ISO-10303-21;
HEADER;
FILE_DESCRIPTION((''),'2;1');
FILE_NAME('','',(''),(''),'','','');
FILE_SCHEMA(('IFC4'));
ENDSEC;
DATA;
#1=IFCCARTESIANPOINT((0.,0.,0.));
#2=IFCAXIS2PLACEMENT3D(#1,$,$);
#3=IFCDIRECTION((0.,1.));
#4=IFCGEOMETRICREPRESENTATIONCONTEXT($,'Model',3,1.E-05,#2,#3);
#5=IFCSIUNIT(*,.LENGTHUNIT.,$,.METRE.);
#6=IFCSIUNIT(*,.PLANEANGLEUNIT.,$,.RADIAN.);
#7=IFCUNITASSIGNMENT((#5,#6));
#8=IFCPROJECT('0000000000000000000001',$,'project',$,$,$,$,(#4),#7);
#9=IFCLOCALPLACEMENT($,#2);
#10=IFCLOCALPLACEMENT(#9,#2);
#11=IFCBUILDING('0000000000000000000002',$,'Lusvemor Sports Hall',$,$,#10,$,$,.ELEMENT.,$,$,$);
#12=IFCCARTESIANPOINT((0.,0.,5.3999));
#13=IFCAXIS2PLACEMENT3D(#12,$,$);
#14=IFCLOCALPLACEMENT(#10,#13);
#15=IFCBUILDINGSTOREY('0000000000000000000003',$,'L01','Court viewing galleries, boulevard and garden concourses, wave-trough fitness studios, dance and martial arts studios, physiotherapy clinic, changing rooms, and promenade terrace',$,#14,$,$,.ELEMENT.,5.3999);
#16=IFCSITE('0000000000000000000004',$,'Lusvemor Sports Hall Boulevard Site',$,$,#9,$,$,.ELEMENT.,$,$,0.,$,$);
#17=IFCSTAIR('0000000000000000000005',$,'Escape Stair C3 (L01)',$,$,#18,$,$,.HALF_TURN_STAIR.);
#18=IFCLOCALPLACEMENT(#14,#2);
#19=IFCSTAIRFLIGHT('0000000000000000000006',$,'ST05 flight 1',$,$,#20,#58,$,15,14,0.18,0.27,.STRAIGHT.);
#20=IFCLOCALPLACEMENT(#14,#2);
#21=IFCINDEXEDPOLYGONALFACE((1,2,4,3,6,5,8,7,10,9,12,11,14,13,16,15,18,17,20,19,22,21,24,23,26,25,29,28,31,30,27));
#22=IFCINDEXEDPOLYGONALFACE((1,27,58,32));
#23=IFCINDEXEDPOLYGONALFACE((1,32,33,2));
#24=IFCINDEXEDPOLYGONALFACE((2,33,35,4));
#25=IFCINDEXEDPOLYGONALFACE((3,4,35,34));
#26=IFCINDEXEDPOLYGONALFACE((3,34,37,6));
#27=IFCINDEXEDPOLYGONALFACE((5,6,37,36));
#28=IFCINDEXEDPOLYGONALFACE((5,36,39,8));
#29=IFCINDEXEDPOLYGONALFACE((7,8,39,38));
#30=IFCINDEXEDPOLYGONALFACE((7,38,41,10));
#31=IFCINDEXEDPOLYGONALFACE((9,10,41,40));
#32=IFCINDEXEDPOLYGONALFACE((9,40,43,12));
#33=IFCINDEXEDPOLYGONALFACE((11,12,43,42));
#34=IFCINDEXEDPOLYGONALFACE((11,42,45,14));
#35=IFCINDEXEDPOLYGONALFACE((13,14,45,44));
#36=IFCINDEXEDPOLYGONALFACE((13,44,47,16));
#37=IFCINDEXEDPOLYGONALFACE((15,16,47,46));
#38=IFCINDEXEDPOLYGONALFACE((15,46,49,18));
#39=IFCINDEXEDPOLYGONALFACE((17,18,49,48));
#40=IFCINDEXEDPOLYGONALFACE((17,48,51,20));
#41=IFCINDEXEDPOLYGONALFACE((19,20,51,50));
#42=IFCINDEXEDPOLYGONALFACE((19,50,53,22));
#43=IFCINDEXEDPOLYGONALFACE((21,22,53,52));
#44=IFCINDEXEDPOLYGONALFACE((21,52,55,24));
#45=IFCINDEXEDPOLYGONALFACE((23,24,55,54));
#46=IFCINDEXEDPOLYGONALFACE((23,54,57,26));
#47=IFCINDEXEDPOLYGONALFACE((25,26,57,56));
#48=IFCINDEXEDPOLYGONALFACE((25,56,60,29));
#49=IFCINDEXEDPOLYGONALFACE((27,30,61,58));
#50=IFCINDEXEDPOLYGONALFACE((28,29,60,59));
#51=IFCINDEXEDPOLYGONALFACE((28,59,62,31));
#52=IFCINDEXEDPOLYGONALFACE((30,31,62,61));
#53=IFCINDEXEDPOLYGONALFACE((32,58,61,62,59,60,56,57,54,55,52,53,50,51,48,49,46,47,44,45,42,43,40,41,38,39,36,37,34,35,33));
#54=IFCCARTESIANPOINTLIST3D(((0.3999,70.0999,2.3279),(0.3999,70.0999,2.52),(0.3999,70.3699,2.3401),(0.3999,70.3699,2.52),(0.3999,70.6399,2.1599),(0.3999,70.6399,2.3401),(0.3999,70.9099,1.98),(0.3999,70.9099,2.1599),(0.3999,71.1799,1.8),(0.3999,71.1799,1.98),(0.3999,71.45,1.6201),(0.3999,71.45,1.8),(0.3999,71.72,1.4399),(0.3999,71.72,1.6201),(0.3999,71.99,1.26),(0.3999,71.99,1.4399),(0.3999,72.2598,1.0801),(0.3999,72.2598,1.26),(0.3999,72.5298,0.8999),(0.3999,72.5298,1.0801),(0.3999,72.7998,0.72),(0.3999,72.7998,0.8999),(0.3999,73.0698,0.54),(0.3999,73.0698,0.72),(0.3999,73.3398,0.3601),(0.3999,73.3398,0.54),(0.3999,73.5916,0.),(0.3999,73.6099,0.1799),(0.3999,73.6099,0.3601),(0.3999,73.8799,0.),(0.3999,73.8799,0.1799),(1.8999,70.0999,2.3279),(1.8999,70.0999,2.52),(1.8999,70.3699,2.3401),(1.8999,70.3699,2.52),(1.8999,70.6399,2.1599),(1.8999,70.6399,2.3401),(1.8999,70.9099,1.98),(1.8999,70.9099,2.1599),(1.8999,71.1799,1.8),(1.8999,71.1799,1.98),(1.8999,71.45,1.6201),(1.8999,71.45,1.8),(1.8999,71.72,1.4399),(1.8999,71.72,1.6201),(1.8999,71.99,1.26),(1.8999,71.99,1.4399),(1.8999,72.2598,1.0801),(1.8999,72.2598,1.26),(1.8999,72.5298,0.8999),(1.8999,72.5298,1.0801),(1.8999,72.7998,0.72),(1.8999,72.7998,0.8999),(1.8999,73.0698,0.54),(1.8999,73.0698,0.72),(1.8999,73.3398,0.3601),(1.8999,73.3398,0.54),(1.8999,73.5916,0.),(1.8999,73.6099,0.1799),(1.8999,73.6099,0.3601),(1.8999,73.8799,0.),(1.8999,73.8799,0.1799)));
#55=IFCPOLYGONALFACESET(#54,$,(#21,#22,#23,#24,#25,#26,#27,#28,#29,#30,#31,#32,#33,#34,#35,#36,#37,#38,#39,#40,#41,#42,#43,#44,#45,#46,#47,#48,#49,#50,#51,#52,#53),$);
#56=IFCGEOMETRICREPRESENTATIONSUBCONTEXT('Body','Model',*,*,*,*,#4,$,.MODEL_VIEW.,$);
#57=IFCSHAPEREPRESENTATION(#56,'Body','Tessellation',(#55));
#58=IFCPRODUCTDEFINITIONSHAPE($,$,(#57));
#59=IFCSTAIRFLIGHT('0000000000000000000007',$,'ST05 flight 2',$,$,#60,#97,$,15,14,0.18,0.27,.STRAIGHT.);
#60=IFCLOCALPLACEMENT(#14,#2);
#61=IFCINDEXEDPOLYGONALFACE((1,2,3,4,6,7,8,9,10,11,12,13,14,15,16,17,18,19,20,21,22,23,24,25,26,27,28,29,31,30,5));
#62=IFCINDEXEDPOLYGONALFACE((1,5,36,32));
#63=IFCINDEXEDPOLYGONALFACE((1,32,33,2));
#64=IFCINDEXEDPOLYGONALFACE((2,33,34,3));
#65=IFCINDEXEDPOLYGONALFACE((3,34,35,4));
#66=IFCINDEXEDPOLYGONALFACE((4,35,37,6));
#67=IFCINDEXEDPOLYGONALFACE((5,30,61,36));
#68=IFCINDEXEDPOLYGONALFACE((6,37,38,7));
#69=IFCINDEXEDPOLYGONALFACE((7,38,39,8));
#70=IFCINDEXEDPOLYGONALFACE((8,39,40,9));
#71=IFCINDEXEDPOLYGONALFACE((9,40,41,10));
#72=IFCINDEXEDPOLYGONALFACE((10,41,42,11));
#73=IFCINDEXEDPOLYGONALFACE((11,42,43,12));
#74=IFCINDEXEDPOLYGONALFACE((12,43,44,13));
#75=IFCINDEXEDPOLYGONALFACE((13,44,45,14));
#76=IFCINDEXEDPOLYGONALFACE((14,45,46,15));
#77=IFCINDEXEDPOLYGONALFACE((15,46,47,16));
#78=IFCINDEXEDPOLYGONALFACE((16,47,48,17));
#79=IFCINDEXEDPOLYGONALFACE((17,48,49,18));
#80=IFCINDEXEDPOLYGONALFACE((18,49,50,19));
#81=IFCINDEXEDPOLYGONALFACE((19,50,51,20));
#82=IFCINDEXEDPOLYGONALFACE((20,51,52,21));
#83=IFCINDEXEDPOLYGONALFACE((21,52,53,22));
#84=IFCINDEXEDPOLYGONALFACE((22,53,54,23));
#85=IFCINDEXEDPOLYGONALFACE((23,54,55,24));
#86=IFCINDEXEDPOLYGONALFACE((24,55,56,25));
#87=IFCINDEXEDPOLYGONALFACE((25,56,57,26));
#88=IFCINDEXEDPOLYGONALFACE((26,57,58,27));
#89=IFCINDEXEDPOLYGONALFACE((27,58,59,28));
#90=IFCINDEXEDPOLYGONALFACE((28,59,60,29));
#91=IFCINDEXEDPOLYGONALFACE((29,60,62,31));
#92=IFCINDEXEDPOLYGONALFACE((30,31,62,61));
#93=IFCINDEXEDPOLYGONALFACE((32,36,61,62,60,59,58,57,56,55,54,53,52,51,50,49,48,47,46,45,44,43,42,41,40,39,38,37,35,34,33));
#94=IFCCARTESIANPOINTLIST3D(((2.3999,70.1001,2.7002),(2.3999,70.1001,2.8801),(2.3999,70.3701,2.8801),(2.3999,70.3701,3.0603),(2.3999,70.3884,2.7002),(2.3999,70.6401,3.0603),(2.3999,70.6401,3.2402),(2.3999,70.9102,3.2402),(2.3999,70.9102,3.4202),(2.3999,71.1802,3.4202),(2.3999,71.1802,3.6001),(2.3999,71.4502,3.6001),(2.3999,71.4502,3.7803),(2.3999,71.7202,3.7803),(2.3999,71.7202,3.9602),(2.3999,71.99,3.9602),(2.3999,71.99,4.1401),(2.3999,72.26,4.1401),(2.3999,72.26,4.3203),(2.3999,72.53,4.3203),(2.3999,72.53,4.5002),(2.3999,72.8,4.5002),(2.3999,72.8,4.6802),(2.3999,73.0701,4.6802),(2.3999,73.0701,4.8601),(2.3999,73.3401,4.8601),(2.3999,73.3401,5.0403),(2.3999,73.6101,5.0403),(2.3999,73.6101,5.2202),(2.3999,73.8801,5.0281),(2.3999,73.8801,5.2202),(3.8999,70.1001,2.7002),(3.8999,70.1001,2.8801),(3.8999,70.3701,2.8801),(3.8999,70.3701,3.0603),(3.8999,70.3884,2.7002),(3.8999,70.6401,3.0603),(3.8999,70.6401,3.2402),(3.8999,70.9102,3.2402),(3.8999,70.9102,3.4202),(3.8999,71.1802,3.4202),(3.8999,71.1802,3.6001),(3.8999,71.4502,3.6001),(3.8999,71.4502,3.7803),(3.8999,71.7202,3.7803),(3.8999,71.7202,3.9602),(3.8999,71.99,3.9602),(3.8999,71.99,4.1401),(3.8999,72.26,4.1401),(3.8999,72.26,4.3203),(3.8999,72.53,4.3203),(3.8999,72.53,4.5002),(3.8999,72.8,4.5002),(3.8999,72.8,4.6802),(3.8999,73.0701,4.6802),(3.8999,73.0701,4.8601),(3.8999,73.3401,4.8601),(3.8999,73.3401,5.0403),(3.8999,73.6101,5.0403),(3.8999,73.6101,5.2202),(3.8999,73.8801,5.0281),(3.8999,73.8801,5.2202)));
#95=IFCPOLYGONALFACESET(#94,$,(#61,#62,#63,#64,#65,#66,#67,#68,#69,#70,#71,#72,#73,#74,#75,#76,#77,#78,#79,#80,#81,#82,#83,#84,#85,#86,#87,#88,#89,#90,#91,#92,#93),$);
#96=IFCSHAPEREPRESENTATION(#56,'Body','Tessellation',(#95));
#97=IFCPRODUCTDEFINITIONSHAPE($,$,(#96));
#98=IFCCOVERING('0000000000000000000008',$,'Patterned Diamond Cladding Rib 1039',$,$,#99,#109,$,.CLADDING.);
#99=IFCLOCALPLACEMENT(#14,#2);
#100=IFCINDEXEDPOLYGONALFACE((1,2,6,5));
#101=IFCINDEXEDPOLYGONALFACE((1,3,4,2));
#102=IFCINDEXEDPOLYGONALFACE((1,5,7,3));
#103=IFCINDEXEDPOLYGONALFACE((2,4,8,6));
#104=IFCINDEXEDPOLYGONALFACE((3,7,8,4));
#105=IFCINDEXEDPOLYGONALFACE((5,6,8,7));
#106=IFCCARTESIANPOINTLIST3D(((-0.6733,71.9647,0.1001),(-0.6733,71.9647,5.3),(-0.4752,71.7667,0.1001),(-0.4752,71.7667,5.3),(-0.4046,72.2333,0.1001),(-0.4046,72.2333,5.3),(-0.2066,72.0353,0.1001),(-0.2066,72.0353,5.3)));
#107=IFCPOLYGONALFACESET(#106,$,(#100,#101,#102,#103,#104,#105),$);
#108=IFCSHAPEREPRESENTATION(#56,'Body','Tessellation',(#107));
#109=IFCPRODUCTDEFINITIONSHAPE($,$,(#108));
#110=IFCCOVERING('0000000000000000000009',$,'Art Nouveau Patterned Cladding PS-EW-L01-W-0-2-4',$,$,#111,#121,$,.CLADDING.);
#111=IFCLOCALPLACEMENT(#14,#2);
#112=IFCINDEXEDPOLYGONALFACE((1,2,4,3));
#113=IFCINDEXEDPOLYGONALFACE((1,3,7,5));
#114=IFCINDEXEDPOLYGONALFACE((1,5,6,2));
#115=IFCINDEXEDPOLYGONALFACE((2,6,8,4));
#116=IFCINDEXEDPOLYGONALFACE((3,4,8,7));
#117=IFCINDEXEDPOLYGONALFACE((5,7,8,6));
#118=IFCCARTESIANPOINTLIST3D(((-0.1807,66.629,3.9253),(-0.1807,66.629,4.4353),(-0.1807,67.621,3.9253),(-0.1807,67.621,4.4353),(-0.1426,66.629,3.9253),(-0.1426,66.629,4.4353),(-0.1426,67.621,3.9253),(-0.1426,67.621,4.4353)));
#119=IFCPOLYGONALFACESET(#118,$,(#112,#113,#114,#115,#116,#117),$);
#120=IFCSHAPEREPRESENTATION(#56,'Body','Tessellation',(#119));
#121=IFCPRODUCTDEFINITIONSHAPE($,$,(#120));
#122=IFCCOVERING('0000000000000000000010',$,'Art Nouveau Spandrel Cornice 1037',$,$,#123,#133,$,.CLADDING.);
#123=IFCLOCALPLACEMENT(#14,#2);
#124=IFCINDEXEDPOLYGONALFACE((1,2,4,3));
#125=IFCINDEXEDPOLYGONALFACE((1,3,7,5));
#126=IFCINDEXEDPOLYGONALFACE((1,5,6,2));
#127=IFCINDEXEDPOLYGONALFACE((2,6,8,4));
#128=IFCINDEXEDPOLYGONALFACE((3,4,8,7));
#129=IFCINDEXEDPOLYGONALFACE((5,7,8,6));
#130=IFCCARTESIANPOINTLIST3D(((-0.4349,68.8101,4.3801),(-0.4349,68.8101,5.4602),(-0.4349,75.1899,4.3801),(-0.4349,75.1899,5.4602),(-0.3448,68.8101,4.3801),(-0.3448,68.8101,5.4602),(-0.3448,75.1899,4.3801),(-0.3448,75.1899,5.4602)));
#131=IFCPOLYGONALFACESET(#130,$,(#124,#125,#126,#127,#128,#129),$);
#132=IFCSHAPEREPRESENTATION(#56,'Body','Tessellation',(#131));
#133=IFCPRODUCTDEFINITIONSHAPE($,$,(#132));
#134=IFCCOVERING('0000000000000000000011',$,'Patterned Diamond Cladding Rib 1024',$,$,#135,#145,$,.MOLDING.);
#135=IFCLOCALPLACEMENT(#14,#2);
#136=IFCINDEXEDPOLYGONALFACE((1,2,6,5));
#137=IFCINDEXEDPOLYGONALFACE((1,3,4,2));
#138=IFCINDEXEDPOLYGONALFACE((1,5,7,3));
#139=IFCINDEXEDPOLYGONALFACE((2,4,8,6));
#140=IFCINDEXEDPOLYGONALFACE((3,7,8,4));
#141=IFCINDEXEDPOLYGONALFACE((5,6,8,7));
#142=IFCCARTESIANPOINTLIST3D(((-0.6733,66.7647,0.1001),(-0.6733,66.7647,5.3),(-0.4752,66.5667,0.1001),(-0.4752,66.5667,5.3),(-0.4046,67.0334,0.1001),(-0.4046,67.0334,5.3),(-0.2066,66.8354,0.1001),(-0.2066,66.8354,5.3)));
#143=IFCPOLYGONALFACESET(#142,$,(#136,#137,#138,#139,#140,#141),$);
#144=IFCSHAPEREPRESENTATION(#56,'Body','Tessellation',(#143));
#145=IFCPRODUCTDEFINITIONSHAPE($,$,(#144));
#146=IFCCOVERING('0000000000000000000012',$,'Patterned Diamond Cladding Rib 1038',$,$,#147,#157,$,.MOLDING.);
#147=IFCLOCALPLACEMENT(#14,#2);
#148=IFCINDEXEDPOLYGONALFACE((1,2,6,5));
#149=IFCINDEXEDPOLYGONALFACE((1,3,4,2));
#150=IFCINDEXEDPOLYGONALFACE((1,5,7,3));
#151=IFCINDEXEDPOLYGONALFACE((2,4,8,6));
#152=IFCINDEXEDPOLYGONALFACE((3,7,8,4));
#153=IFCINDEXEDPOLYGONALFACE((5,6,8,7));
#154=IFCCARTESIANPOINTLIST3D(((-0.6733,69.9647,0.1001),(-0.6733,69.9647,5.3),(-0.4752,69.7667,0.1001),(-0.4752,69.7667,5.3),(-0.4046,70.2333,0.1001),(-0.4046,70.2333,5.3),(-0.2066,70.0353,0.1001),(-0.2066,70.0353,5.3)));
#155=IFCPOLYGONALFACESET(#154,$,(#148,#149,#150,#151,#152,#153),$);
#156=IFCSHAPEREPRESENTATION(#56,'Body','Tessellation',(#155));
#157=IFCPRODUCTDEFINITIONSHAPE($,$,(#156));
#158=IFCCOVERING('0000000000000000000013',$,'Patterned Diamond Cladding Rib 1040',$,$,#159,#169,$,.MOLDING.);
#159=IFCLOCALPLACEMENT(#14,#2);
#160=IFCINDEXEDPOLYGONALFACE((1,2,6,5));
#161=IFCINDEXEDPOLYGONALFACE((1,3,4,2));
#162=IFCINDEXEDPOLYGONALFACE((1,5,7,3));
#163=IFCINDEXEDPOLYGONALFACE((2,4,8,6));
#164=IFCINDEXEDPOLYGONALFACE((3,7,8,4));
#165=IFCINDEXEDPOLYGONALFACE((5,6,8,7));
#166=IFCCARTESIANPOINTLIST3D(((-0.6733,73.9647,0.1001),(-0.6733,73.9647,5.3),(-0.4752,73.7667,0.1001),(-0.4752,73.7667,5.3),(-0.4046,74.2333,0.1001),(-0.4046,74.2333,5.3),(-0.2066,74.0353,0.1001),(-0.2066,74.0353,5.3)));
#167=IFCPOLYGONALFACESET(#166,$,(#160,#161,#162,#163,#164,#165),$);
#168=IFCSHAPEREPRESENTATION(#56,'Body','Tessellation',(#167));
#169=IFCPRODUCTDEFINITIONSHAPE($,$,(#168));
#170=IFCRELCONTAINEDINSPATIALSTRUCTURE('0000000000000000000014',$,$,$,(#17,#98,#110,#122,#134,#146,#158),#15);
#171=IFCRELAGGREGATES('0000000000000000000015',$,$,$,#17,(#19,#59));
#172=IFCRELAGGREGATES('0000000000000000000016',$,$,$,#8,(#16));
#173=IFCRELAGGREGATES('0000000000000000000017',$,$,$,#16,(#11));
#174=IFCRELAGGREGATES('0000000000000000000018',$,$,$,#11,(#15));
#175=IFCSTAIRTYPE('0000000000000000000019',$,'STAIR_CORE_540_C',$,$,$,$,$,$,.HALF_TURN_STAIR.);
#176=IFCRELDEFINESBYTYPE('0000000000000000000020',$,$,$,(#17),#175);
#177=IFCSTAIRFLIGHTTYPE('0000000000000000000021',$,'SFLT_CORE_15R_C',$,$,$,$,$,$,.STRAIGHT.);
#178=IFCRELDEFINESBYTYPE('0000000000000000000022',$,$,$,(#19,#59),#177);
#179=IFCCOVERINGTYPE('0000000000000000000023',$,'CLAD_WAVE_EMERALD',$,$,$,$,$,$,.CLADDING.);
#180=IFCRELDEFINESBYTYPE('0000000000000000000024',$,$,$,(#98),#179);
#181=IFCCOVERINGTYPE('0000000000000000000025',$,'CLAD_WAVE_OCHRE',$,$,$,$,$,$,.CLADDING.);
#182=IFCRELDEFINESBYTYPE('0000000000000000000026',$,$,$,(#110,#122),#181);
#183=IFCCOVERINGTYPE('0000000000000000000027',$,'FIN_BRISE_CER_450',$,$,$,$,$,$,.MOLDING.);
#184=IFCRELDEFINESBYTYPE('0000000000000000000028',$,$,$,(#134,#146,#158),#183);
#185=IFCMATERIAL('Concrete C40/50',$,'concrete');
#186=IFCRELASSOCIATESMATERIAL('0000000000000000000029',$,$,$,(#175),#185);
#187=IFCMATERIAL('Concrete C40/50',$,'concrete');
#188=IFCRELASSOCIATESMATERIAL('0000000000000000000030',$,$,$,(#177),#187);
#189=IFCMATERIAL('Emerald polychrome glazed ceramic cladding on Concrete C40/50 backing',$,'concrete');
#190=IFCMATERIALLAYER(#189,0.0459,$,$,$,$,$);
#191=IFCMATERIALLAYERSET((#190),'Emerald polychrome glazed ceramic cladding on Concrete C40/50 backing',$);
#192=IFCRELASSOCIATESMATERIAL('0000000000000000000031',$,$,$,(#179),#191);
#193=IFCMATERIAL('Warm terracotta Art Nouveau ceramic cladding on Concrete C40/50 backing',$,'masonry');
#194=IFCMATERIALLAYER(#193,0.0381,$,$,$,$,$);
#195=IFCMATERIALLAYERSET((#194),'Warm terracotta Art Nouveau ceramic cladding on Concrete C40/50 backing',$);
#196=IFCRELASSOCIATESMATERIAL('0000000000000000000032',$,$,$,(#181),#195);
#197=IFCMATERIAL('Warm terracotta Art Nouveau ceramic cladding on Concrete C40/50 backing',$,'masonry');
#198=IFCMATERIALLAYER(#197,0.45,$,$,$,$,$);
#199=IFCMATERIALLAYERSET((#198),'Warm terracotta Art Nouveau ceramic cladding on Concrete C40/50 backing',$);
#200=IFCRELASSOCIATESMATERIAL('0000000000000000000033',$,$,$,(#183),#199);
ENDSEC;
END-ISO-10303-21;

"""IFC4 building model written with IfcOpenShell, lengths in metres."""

from ifc_helpers import new_model, si_unit, direction, frame, origin, origin_2d, place, context, subcontext, project, spatial, polyline, rectangle, outline, extrude, material, layer, layer_set, type_object, element, aggregate, save


model = new_model("IFC4")

# Units and contexts
model_context = context("Model", 3, precision=1e-05, world=origin(), true_north=direction((0.0, 1.0)))
body_context = subcontext(model_context, "Body", "Model", "MODEL_VIEW")
ifc_project = project(units=[si_unit("LENGTHUNIT", "METRE"), si_unit("PLANEANGLEUNIT", "RADIAN")], contexts=[model_context])

# Site, building, storey
site_placement = place(None, origin())
site = spatial("IfcSite", under=ifc_project, at=site_placement, Name="Lusvemor Sports Hall Boulevard Site", CompositionType="ELEMENT", RefElevation=0.0)
building_placement = place(site_placement, origin())
building = spatial("IfcBuilding", under=site, at=building_placement, Name="Lusvemor Sports Hall", CompositionType="ELEMENT")
storey_placement = place(building_placement, frame((0.0, 0.0, 5.3999)))
storey = spatial("IfcBuildingStorey", under=building, at=storey_placement, Name="L01", Description="Court viewing galleries, boulevard and garden concourses, wave-trough fitness studios, dance and martial arts studios, physiotherapy clinic, changing rooms, and promenade terrace", CompositionType="ELEMENT", Elevation=5.3999)

# Stair, stair flights
ifc_material_1 = material(Name="Concrete C40/50", Category="concrete")
stair_type = type_object("IfcStairType", Name="STAIR_CORE_540_C", PredefinedType="HALF_TURN_STAIR", material=ifc_material_1)
stair_placement = place(storey_placement, origin())
stair = element("IfcStair", 1, at=stair_placement, inside=storey, type_object=stair_type, Name="Escape Stair C3 (L01)", PredefinedType="HALF_TURN_STAIR")
ifc_material_2 = material(Name="Concrete C40/50", Category="concrete")
stair_flight_type = type_object("IfcStairFlightType", Name="SFLT_CORE_15R_C", PredefinedType="STRAIGHT", material=ifc_material_2)
stair_flight_1_placement = place(storey_placement, frame((1.1499, 73.8799, 0.0), z_axis=(0.0, 0.0, 1.0), x_axis=(0.0, -1.0, 0.0)))
stair_flight_1 = element("IfcStairFlight", 2, at=stair_flight_1_placement, type_object=stair_flight_type, Name="ST05 flight 1", NumberOfRisers=15, NumberOfTreads=14, PredefinedType="STRAIGHT", RiserHeight=0.18, TreadLength=0.27, context=body_context, shape_type="SweptSolid", body=[
    extrude(outline(polyline([(0.0, 0.0), (0.0, 0.1799), (0.27, 0.1799), (0.27, 0.3601), (0.54, 0.3601), (0.54, 0.54), (0.8101, 0.54), (0.8101, 0.72), (1.0801, 0.72), (1.0801, 0.8999), (1.3501, 0.8999), (1.3501, 1.0801), (1.6201, 1.0801), (1.6201, 1.26), (1.8899, 1.26), (1.8899, 1.4399), (2.1599, 1.4399), (2.1599, 1.6201), (2.4299, 1.6201), (2.4299, 1.8), (2.7, 1.8), (2.7, 1.98), (2.97, 1.98), (2.97, 2.1599), (3.24, 2.1599), (3.24, 2.3401), (3.51, 2.3401), (3.51, 2.52), (3.78, 2.52), (3.78, 2.7), (3.78, 2.3279), (0.2883, 0.0), (0.0, 0.0)])), frame((0.0, 0.75, 0.0), z_axis=(0.0, -1.0, 0.0), x_axis=(1.0, 0.0, 0.0)), (0.0, 0.0, 1.0), 1.5),
])
stair_flight_2_placement = place(storey_placement, frame((3.1499, 70.1001, 2.7002), z_axis=(0.0, 0.0, 1.0), x_axis=(0.0, 1.0, 0.0)))
stair_flight_2 = element("IfcStairFlight", 3, at=stair_flight_2_placement, type_object=stair_flight_type, Name="ST05 flight 2", NumberOfRisers=15, NumberOfTreads=14, PredefinedType="STRAIGHT", RiserHeight=0.18, TreadLength=0.27, context=body_context, shape_type="SweptSolid", body=[
    extrude(outline(polyline([(0.0, 0.0), (0.0, 0.1799), (0.27, 0.1799), (0.27, 0.3601), (0.54, 0.3601), (0.54, 0.54), (0.8101, 0.54), (0.8101, 0.72), (1.0801, 0.72), (1.0801, 0.8999), (1.3501, 0.8999), (1.3501, 1.0801), (1.6201, 1.0801), (1.6201, 1.26), (1.8899, 1.26), (1.8899, 1.4399), (2.1599, 1.4399), (2.1599, 1.6201), (2.4299, 1.6201), (2.4299, 1.8), (2.7, 1.8), (2.7, 1.98), (2.97, 1.98), (2.97, 2.1599), (3.24, 2.1599), (3.24, 2.3401), (3.51, 2.3401), (3.51, 2.52), (3.78, 2.52), (3.78, 2.7), (3.78, 2.3279), (0.2883, 0.0), (0.0, 0.0)])), frame((0.0, 0.75, 0.0), z_axis=(0.0, -1.0, 0.0), x_axis=(1.0, 0.0, 0.0)), (0.0, 0.0, 1.0), 1.5),
])
aggregate(stair, [stair_flight_1, stair_flight_2])

# Coverings
ifc_material_3 = material(Name="Emerald polychrome glazed ceramic cladding on Concrete C40/50 backing", Category="concrete")
ifc_layer_1 = layer(ifc_material_3, 0.0459)
ifc_layer_set_1 = layer_set([ifc_layer_1], Name="Emerald polychrome glazed ceramic cladding on Concrete C40/50 backing")
covering_type_1 = type_object("IfcCoveringType", Name="CLAD_WAVE_EMERALD", PredefinedType="CLADDING", material=ifc_layer_set_1)
covering_1_placement = place(storey_placement, frame((-0.4399, 72.0, 0.1001), z_axis=(0.0, 0.0, 1.0), x_axis=(0.707107, 0.707107, 0.0)))
element("IfcCovering", 4, at=covering_1_placement, inside=storey, type_object=covering_type_1, Name="Patterned Diamond Cladding Rib 1039", PredefinedType="CLADDING", context=body_context, shape_type="SweptSolid", body=[
    extrude(rectangle(XDim=0.3799, YDim=0.28, at=origin_2d()), origin(), (0.0, 0.0, 1.0), 5.2),
])
ifc_material_4 = material(Name="Warm terracotta Art Nouveau ceramic cladding on Concrete C40/50 backing", Category="masonry")
ifc_layer_2 = layer(ifc_material_4, 0.0381)
ifc_layer_set_2 = layer_set([ifc_layer_2], Name="Warm terracotta Art Nouveau ceramic cladding on Concrete C40/50 backing")
covering_type_2 = type_object("IfcCoveringType", Name="CLAD_WAVE_OCHRE", PredefinedType="CLADDING", material=ifc_layer_set_2)
covering_2_placement = place(storey_placement, frame((-0.1616, 67.125, 3.9253), z_axis=(0.0, 0.0, 1.0), x_axis=(1.0, 0.0, 0.0)))
element("IfcCovering", 5, at=covering_2_placement, inside=storey, type_object=covering_type_2, Name="Art Nouveau Patterned Cladding PS-EW-L01-W-0-2-4", PredefinedType="CLADDING", context=body_context, shape_type="SweptSolid", body=[
    extrude(rectangle(XDim=0.0381, YDim=0.9919, at=origin_2d()), origin(), (0.0, 0.0, 1.0), 0.51),
])
covering_3_placement = place(storey_placement, frame((-0.3899, 72.0, 4.3801), z_axis=(0.0, 0.0, 1.0), x_axis=(1.0, 0.0, 0.0)))
element("IfcCovering", 6, at=covering_3_placement, inside=storey, type_object=covering_type_2, Name="Art Nouveau Spandrel Cornice 1037", PredefinedType="CLADDING", context=body_context, shape_type="SweptSolid", body=[
    extrude(rectangle(XDim=0.0901, YDim=6.3799, at=origin_2d()), origin(), (0.0, 0.0, 1.0), 1.0801),
])
ifc_material_5 = material(Name="Warm terracotta Art Nouveau ceramic cladding on Concrete C40/50 backing", Category="masonry")
ifc_layer_3 = layer(ifc_material_5, 0.45)
ifc_layer_set_3 = layer_set([ifc_layer_3], Name="Warm terracotta Art Nouveau ceramic cladding on Concrete C40/50 backing")
covering_type_3 = type_object("IfcCoveringType", Name="FIN_BRISE_CER_450", PredefinedType="MOLDING", material=ifc_layer_set_3)
for number, where, z_axis, x_axis, name in (
    (7, (-0.4399, 66.8, 0.1001), (0.0, 0.0, 1.0), (0.707107, 0.707107, 0.0), "Patterned Diamond Cladding Rib 1024"),
    (8, (-0.4399, 70.0, 0.1001), (0.0, 0.0, 1.0), (0.707107, 0.707107, 0.0), "Patterned Diamond Cladding Rib 1038"),
    (9, (-0.4399, 74.0, 0.1001), (0.0, 0.0, 1.0), (0.707107, 0.707107, 0.0), "Patterned Diamond Cladding Rib 1040"),
):
    element("IfcCovering", number, at=place(storey_placement, frame(where, z_axis=z_axis, x_axis=x_axis)), inside=storey, type_object=covering_type_3, Name=name, PredefinedType="MOLDING", context=body_context, shape_type="SweptSolid", body=[
        extrude(rectangle(XDim=0.3799, YDim=0.28, at=origin_2d()), origin(), (0.0, 0.0, 1.0), 5.2),
    ])

save(model, "model.ifc")
